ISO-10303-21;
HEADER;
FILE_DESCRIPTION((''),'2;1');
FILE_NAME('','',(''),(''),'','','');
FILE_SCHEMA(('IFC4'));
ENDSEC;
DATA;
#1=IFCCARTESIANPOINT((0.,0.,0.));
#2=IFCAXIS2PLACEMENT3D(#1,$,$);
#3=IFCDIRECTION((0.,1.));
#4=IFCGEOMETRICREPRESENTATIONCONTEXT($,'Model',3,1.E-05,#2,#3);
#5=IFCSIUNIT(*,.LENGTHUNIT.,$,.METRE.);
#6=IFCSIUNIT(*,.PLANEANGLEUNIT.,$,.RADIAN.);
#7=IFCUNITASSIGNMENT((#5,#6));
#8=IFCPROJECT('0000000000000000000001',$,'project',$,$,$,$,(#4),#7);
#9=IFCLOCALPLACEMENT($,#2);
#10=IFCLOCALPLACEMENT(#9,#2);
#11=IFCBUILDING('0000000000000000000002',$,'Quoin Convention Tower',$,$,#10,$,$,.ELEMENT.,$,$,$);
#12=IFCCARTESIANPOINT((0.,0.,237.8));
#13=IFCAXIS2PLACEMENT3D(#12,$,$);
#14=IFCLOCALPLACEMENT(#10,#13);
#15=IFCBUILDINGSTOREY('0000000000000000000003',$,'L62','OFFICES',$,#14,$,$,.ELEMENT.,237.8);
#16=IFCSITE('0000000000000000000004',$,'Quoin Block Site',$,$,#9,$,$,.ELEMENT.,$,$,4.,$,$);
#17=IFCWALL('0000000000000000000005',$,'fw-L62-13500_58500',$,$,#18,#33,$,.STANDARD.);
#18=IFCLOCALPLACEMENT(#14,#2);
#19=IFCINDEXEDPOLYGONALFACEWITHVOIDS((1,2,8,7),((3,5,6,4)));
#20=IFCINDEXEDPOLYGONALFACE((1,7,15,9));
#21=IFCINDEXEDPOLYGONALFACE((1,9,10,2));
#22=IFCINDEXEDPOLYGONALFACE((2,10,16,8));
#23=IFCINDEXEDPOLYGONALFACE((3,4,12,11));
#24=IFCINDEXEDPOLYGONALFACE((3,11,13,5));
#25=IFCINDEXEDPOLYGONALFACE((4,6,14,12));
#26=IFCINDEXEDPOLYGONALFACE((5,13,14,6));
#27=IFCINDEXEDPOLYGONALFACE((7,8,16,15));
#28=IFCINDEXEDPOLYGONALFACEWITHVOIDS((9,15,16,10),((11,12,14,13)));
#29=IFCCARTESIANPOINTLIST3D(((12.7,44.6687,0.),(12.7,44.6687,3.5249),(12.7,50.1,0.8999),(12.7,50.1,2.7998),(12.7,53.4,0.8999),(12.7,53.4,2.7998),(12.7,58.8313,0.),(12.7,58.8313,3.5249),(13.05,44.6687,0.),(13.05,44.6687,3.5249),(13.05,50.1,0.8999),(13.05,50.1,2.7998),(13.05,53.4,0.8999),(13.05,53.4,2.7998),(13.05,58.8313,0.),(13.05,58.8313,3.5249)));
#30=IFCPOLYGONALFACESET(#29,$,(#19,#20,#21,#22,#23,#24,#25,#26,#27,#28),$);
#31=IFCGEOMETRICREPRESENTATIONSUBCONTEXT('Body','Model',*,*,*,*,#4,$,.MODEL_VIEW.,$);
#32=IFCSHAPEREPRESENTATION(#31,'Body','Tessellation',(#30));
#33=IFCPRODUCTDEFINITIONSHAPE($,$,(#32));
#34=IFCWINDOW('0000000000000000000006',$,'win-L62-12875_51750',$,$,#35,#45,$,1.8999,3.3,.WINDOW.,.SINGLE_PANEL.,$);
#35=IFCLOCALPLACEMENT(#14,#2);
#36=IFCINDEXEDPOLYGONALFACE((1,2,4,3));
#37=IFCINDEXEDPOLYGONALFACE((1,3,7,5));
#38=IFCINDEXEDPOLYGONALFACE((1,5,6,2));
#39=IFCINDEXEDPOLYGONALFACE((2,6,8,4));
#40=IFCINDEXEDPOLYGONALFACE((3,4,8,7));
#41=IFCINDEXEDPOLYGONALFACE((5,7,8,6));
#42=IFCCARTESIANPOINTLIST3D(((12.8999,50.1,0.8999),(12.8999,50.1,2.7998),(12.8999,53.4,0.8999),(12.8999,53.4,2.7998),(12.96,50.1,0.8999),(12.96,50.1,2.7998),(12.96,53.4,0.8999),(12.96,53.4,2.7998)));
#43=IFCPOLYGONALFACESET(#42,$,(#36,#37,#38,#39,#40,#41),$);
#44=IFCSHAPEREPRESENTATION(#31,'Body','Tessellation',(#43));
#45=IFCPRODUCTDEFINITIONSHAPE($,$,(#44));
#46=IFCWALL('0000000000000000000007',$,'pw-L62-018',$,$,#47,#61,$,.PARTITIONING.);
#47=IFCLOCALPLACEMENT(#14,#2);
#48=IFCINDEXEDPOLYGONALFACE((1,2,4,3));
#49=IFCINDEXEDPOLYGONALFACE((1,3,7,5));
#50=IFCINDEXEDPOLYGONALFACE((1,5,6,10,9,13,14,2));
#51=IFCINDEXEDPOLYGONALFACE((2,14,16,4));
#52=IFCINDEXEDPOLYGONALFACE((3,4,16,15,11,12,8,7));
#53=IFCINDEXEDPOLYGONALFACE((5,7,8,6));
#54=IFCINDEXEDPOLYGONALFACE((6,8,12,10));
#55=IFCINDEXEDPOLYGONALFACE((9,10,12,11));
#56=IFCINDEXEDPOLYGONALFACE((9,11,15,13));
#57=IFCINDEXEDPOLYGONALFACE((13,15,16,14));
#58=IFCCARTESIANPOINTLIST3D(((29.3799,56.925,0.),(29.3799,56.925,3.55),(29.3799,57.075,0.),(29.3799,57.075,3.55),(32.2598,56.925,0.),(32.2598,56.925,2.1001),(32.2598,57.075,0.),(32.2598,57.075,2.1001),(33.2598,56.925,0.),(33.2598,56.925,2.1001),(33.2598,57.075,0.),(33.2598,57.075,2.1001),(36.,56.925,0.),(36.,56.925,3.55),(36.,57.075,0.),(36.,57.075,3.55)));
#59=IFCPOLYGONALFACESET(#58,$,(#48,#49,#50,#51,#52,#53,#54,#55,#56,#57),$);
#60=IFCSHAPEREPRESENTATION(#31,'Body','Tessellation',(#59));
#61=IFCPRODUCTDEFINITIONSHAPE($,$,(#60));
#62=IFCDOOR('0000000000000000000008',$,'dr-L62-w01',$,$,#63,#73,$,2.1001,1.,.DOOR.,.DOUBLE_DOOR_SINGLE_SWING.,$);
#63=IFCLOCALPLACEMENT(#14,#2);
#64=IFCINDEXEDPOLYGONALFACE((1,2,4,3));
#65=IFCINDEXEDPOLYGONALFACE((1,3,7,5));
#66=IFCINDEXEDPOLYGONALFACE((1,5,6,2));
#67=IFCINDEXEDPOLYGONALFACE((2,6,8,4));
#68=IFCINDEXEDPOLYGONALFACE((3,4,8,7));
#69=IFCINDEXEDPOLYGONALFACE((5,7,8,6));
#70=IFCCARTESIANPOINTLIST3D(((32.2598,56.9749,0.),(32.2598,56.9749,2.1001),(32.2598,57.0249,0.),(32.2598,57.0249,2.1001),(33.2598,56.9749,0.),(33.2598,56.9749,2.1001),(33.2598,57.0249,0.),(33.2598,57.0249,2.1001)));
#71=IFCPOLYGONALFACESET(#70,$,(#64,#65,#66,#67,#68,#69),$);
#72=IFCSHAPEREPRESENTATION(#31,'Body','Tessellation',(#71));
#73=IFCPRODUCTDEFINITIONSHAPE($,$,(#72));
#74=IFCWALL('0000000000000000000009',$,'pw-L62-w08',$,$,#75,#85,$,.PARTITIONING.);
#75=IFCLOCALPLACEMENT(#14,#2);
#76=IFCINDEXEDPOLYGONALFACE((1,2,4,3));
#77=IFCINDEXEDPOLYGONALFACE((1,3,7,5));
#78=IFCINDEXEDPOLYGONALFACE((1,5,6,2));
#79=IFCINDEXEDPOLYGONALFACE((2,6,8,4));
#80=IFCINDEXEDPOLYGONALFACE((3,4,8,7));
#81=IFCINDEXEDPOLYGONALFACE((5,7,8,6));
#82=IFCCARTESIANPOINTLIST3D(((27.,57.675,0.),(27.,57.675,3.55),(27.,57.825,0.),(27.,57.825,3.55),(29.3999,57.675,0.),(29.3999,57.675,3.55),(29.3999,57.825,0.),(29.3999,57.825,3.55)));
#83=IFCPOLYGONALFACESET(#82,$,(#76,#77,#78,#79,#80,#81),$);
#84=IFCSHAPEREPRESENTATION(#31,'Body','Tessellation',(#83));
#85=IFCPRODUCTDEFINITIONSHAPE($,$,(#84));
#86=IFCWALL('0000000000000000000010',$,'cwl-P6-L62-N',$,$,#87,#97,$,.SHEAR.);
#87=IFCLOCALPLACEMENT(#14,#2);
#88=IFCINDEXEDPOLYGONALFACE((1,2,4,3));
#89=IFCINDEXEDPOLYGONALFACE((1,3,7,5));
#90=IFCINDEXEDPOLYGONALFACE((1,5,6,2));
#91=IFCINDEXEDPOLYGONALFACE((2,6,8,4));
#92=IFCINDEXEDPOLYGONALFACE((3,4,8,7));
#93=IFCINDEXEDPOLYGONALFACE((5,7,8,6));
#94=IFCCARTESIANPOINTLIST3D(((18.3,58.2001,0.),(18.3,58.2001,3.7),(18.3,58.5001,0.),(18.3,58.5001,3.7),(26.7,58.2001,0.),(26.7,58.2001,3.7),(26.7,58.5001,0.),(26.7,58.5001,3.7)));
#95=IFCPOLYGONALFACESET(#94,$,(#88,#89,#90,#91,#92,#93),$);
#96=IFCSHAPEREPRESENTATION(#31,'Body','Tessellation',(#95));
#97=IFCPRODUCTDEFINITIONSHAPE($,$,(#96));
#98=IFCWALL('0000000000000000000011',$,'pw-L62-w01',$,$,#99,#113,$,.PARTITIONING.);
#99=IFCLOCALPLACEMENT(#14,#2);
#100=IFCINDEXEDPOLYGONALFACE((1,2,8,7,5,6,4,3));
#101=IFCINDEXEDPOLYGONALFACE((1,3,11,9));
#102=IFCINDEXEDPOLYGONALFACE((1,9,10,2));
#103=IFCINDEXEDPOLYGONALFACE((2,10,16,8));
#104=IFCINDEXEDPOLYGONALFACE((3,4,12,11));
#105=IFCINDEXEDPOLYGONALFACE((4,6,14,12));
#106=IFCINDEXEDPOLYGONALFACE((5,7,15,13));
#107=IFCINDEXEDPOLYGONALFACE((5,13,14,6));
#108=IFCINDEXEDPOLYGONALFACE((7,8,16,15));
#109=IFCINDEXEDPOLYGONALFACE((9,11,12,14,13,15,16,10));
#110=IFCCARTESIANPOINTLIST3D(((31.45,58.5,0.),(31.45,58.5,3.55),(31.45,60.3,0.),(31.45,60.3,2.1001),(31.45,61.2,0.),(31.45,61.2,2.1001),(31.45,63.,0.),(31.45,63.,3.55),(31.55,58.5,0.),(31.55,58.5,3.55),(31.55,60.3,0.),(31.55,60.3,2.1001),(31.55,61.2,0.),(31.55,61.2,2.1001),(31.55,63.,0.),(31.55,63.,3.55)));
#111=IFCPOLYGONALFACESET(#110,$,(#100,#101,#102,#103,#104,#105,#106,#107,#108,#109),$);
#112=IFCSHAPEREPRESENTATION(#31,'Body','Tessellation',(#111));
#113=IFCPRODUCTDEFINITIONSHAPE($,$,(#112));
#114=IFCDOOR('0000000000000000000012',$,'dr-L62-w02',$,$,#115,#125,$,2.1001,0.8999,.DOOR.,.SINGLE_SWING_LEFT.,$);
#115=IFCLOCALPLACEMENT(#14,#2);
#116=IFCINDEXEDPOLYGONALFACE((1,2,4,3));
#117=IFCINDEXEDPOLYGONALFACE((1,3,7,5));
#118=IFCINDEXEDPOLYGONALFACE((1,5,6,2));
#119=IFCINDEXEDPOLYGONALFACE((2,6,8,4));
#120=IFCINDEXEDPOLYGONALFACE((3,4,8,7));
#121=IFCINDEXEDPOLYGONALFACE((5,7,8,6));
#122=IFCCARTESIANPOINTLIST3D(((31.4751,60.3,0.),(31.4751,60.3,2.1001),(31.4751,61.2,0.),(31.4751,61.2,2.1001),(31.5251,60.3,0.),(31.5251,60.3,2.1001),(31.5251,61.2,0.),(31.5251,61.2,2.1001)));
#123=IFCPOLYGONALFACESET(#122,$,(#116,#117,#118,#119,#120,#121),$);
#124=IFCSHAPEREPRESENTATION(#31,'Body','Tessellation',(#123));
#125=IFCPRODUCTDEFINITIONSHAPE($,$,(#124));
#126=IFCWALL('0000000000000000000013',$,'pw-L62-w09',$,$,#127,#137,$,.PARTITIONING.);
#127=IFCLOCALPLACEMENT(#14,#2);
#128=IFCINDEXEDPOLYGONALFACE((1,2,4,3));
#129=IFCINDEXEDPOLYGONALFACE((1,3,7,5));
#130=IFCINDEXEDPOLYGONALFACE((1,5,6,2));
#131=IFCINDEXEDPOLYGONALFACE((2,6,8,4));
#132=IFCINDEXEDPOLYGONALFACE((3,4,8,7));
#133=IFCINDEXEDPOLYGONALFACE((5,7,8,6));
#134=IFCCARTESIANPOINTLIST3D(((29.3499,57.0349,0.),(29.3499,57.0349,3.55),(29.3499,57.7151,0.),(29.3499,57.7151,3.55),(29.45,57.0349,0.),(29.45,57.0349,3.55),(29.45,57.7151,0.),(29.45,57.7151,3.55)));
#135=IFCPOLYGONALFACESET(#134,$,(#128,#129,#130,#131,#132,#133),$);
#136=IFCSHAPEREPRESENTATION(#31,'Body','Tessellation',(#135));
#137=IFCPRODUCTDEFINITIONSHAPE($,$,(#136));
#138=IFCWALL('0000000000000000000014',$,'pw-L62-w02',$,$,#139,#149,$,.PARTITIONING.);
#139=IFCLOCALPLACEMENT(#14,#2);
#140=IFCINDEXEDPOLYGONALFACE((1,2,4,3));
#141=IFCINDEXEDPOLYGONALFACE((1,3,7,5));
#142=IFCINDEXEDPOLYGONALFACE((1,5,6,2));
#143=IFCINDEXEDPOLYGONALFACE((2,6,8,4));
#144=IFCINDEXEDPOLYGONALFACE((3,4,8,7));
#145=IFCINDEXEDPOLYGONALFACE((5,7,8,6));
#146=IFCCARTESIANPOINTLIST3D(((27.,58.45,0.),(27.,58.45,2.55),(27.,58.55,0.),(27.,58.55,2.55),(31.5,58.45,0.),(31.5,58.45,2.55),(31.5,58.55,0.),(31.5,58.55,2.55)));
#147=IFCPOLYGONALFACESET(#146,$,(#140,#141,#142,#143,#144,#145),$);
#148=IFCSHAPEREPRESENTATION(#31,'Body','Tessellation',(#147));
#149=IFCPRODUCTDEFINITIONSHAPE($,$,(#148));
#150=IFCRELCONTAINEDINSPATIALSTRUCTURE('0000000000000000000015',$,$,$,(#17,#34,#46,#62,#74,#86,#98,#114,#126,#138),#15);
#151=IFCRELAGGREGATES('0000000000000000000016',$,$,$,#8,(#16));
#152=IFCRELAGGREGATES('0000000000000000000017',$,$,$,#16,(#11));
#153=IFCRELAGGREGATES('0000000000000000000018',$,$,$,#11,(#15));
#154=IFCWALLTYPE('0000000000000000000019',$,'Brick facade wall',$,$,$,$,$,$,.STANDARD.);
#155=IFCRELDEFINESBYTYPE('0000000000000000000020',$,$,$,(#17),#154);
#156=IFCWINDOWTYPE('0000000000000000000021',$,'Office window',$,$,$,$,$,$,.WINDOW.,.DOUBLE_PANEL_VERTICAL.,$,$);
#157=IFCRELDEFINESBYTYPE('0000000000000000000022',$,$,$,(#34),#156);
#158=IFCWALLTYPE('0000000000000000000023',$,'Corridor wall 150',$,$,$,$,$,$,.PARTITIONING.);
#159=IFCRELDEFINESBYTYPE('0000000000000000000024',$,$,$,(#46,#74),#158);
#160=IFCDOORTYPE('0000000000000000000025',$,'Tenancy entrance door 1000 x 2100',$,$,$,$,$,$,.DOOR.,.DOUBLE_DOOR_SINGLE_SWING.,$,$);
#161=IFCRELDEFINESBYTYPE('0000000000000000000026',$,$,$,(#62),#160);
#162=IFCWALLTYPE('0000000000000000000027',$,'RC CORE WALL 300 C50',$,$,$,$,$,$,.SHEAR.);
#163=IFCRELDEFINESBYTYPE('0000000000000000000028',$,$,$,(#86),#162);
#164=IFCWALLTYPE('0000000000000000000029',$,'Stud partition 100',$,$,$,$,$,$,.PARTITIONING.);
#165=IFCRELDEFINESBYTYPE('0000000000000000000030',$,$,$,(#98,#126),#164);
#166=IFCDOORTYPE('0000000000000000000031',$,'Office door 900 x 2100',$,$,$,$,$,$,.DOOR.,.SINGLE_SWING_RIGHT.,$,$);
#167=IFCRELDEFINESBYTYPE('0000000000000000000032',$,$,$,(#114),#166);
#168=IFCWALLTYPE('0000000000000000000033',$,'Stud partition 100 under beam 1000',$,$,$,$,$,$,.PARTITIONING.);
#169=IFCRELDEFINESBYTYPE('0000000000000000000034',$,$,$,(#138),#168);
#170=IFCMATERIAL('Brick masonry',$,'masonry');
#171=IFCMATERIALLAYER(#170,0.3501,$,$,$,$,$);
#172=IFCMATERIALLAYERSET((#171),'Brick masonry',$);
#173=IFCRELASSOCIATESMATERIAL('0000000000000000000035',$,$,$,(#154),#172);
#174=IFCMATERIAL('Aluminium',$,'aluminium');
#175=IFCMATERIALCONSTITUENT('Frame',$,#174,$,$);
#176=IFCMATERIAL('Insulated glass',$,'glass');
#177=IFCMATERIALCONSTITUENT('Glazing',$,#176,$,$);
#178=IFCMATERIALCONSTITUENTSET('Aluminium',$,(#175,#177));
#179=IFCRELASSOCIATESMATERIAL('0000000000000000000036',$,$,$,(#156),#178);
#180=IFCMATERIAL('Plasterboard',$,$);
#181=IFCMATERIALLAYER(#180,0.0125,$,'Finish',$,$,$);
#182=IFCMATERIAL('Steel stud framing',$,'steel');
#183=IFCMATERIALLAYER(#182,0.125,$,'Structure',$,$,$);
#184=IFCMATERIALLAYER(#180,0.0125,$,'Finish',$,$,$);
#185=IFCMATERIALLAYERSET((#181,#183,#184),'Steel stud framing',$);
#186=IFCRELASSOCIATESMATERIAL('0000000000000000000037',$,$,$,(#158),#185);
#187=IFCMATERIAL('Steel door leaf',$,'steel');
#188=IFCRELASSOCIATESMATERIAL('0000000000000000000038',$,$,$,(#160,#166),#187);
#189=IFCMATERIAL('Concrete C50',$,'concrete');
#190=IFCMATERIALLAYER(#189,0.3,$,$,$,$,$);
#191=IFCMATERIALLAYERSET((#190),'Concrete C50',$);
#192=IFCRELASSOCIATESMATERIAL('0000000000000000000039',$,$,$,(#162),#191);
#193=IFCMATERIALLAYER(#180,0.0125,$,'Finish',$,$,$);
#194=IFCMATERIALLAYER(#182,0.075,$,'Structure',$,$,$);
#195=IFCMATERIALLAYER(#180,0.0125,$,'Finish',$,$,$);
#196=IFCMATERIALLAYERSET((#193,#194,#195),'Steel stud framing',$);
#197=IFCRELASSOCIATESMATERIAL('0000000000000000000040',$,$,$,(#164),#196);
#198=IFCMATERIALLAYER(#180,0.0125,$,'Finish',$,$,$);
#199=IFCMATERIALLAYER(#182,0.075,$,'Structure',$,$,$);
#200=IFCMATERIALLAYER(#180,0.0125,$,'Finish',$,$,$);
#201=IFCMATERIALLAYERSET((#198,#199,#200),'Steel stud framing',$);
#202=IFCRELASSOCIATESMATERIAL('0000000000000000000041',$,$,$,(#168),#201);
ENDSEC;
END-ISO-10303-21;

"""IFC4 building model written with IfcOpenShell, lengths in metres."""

from ifc_helpers import new_model, si_unit, direction, frame, frame_2d, origin, place, context, subcontext, project, spatial, rectangle, extrude, material, layer, layer_set, constituent, constituent_set, type_object, element, fill, save


model = new_model("IFC4")

# Units and contexts
model_context = context("Model", 3, precision=1e-05, world=origin(), true_north=direction((0.0, 1.0)))
body_context = subcontext(model_context, "Body", "Model", "MODEL_VIEW")
ifc_project = project(units=[si_unit("LENGTHUNIT", "METRE"), si_unit("PLANEANGLEUNIT", "RADIAN")], contexts=[model_context])

# Site, building, storey
site_placement = place(None, origin())
site = spatial("IfcSite", under=ifc_project, at=site_placement, Name="Quoin Block Site", CompositionType="ELEMENT", RefElevation=4.0)
building_placement = place(site_placement, origin())
building = spatial("IfcBuilding", under=site, at=building_placement, Name="Quoin Convention Tower", CompositionType="ELEMENT")
storey_placement = place(building_placement, frame((0.0, 0.0, 237.8)))
storey = spatial("IfcBuildingStorey", under=building, at=storey_placement, Name="L62", Description="OFFICES", CompositionType="ELEMENT", Elevation=237.8)

# Shared definitions
ifc_material_1 = material(Name="Concrete C50", Category="concrete")

# Wall, opening, window
ifc_material_2 = material(Name="Brick masonry", Category="masonry")
ifc_layer_1 = layer(ifc_material_2, 0.3501)
ifc_layer_set_1 = layer_set([ifc_layer_1], Name="Brick masonry")
wall_type_1 = type_object("IfcWallType", Name="Brick facade wall", PredefinedType="STANDARD", material=ifc_layer_set_1)
ifc_material_3 = material(Name="Aluminium", Category="aluminium")
ifc_constituent_1 = constituent(ifc_material_3, Name="Frame")
ifc_material_4 = material(Name="Insulated glass", Category="glass")
ifc_constituent_2 = constituent(ifc_material_4, Name="Glazing")
ifc_constituent_set = constituent_set(constituents=[ifc_constituent_1, ifc_constituent_2], Name="Aluminium")
window_type = type_object("IfcWindowType", Name="Office window", PartitioningType="DOUBLE_PANEL_VERTICAL", PredefinedType="WINDOW", material=ifc_constituent_set)
wall_1_placement = place(storey_placement, frame((12.875, 58.8313, 0.0), z_axis=(0.0, 0.0, 1.0), x_axis=(0.0, -1.0, 0.0)))
wall_1 = element("IfcWall", 1, at=wall_1_placement, inside=storey, type_object=wall_type_1, Name="fw-L62-13500_58500", PredefinedType="STANDARD", context=body_context, shape_type="SweptSolid", body=[
    extrude(rectangle(XDim=14.1626, YDim=0.3501, at=frame_2d((7.0813, 0.0))), origin(), (0.0, 0.0, 1.0), 3.5249),
])
opening_1_placement = place(wall_1_placement, frame((5.4314, 0.0, 0.8999)))
opening_1 = element("IfcOpeningElement", 2, at=opening_1_placement, cuts=wall_1, PredefinedType="OPENING", context=body_context, shape_type="SweptSolid", body=[
    extrude(rectangle(XDim=3.3, YDim=1.8999, at=frame_2d((1.6499, 0.95))), frame((0.0, 0.1851, 0.0), z_axis=(0.0, -1.0, 0.0), x_axis=(1.0, 0.0, 0.0)), (0.0, 0.0, 1.0), 0.3701),
])
window_1_placement = place(opening_1_placement, origin())
window_1 = element("IfcWindow", 3, at=window_1_placement, inside=storey, type_object=window_type, Name="win-L62-12875_51750", OverallHeight=1.8999, OverallWidth=3.3, PartitioningType="SINGLE_PANEL", PredefinedType="WINDOW", context=body_context, shape_type="SweptSolid", body=[
    extrude(rectangle(XDim=3.3, YDim=1.8999, at=frame_2d((1.6499, 0.95))), frame((0.0, 0.085, 0.0), z_axis=(0.0, -1.0, 0.0), x_axis=(1.0, 0.0, 0.0)), (0.0, 0.0, 1.0), 0.0601),
])
fill(opening_1, window_1)

# Wall, opening, door
ifc_material_5 = material(Name="Plasterboard")
ifc_layer_2 = layer(ifc_material_5, 0.0125, Name="Finish")
ifc_material_6 = material(Name="Steel stud framing", Category="steel")
ifc_layer_3 = layer(ifc_material_6, 0.125, Name="Structure")
ifc_layer_4 = layer(ifc_material_5, 0.0125, Name="Finish")
ifc_layer_set_2 = layer_set([ifc_layer_2, ifc_layer_3, ifc_layer_4], Name="Steel stud framing")
wall_type_2 = type_object("IfcWallType", Name="Corridor wall 150", PredefinedType="PARTITIONING", material=ifc_layer_set_2)
wall_2_placement = place(storey_placement, frame((29.3799, 57.0, 0.0), z_axis=(0.0, 0.0, 1.0), x_axis=(1.0, 0.0, 0.0)))
wall_2 = element("IfcWall", 4, at=wall_2_placement, inside=storey, type_object=wall_type_2, Name="pw-L62-018", PredefinedType="PARTITIONING", context=body_context, shape_type="SweptSolid", body=[
    extrude(rectangle(XDim=6.6201, YDim=0.1499, at=frame_2d((3.3101, 0.0))), origin(), (0.0, 0.0, 1.0), 3.55),
])
opening_2_placement = place(wall_2_placement, frame((2.8799, 0.0, 0.0)))
opening_2 = element("IfcOpeningElement", 5, at=opening_2_placement, cuts=wall_2, PredefinedType="OPENING", context=body_context, shape_type="SweptSolid", body=[
    extrude(rectangle(XDim=1.0, YDim=2.1001, at=frame_2d((0.5, 1.05))), frame((0.0, 0.085, 0.0), z_axis=(0.0, -1.0, 0.0), x_axis=(1.0, 0.0, 0.0)), (0.0, 0.0, 1.0), 0.1699),
])
ifc_material_7 = material(Name="Steel door leaf", Category="steel")
door_type_1 = type_object("IfcDoorType", Name="Tenancy entrance door 1000 x 2100", OperationType="DOUBLE_DOOR_SINGLE_SWING", PredefinedType="DOOR", material=ifc_material_7)
door_1_placement = place(opening_2_placement, origin())
door_1 = element("IfcDoor", 6, at=door_1_placement, inside=storey, type_object=door_type_1, Name="dr-L62-w01", OperationType="DOUBLE_DOOR_SINGLE_SWING", OverallHeight=2.1001, OverallWidth=1.0, PredefinedType="DOOR", context=body_context, shape_type="SweptSolid", body=[
    extrude(rectangle(XDim=1.0, YDim=2.1001, at=frame_2d((0.5, 1.05))), frame((0.0, 0.0249, 0.0), z_axis=(0.0, -1.0, 0.0), x_axis=(1.0, 0.0, 0.0)), (0.0, 0.0, 1.0), 0.05),
])
fill(opening_2, door_1)

# Walls
wall_3_placement = place(storey_placement, frame((27.0, 57.75, 0.0), z_axis=(0.0, 0.0, 1.0), x_axis=(1.0, 0.0, 0.0)))
element("IfcWall", 7, at=wall_3_placement, inside=storey, type_object=wall_type_2, Name="pw-L62-w08", PredefinedType="PARTITIONING", context=body_context, shape_type="SweptSolid", body=[
    extrude(rectangle(XDim=2.3999, YDim=0.1499, at=frame_2d((1.2, 0.0))), origin(), (0.0, 0.0, 1.0), 3.55),
])
ifc_layer_5 = layer(ifc_material_1, 0.3)
ifc_layer_set_3 = layer_set([ifc_layer_5], Name="Concrete C50")
wall_type_3 = type_object("IfcWallType", Name="RC CORE WALL 300 C50", PredefinedType="SHEAR", material=ifc_layer_set_3)
wall_4_placement = place(storey_placement, frame((18.3, 58.3501, 0.0), z_axis=(0.0, 0.0, 1.0), x_axis=(1.0, 0.0, 0.0)))
element("IfcWall", 8, at=wall_4_placement, inside=storey, type_object=wall_type_3, Name="cwl-P6-L62-N", PredefinedType="SHEAR", context=body_context, shape_type="SweptSolid", body=[
    extrude(rectangle(XDim=8.3999, YDim=0.3, at=frame_2d((4.2, 0.0))), origin(), (0.0, 0.0, 1.0), 3.7),
])

# Wall, opening, door
ifc_layer_6 = layer(ifc_material_5, 0.0125, Name="Finish")
ifc_layer_7 = layer(ifc_material_6, 0.075, Name="Structure")
ifc_layer_8 = layer(ifc_material_5, 0.0125, Name="Finish")
ifc_layer_set_4 = layer_set([ifc_layer_6, ifc_layer_7, ifc_layer_8], Name="Steel stud framing")
wall_type_4 = type_object("IfcWallType", Name="Stud partition 100", PredefinedType="PARTITIONING", material=ifc_layer_set_4)
wall_5_placement = place(storey_placement, frame((31.5, 63.0, 0.0), z_axis=(0.0, 0.0, 1.0), x_axis=(0.0, -1.0, 0.0)))
wall_5 = element("IfcWall", 9, at=wall_5_placement, inside=storey, type_object=wall_type_4, Name="pw-L62-w01", PredefinedType="PARTITIONING", context=body_context, shape_type="SweptSolid", body=[
    extrude(rectangle(XDim=4.5, YDim=0.1001, at=frame_2d((2.25, 0.0))), origin(), (0.0, 0.0, 1.0), 3.55),
])
opening_3_placement = place(wall_5_placement, frame((1.8, 0.0, 0.0)))
opening_3 = element("IfcOpeningElement", 10, at=opening_3_placement, cuts=wall_5, PredefinedType="OPENING", context=body_context, shape_type="SweptSolid", body=[
    extrude(rectangle(XDim=0.8999, YDim=2.1001, at=frame_2d((0.45, 1.05))), frame((0.0, 0.0601, 0.0), z_axis=(0.0, -1.0, 0.0), x_axis=(1.0, 0.0, 0.0)), (0.0, 0.0, 1.0), 0.1201),
])
door_type_2 = type_object("IfcDoorType", Name="Office door 900 x 2100", OperationType="SINGLE_SWING_RIGHT", PredefinedType="DOOR", material=ifc_material_7)
door_2_placement = place(opening_3_placement, frame((0.8999, 0.0, 0.0), z_axis=(0.0, 0.0, 1.0), x_axis=(-1.0, 0.0, 0.0)))
door_2 = element("IfcDoor", 11, at=door_2_placement, inside=storey, type_object=door_type_2, Name="dr-L62-w02", OperationType="SINGLE_SWING_LEFT", OverallHeight=2.1001, OverallWidth=0.8999, PredefinedType="DOOR", context=body_context, shape_type="SweptSolid", body=[
    extrude(rectangle(XDim=0.8999, YDim=2.1001, at=frame_2d((0.45, 1.05))), frame((0.0, 0.0249, 0.0), z_axis=(0.0, -1.0, 0.0), x_axis=(1.0, 0.0, 0.0)), (0.0, 0.0, 1.0), 0.05),
])
fill(opening_3, door_2)

# Walls
wall_6_placement = place(storey_placement, frame((29.3999, 57.7151, 0.0), z_axis=(0.0, 0.0, 1.0), x_axis=(0.0, -1.0, 0.0)))
element("IfcWall", 12, at=wall_6_placement, inside=storey, type_object=wall_type_4, Name="pw-L62-w09", PredefinedType="PARTITIONING", context=body_context, shape_type="SweptSolid", body=[
    extrude(rectangle(XDim=0.6802, YDim=0.1001, at=frame_2d((0.3401, 0.0))), origin(), (0.0, 0.0, 1.0), 3.55),
])
ifc_layer_9 = layer(ifc_material_5, 0.0125, Name="Finish")
ifc_layer_10 = layer(ifc_material_6, 0.075, Name="Structure")
ifc_layer_11 = layer(ifc_material_5, 0.0125, Name="Finish")
ifc_layer_set_5 = layer_set([ifc_layer_9, ifc_layer_10, ifc_layer_11], Name="Steel stud framing")
wall_type_5 = type_object("IfcWallType", Name="Stud partition 100 under beam 1000", PredefinedType="PARTITIONING", material=ifc_layer_set_5)
wall_7_placement = place(storey_placement, frame((31.5, 58.5, 0.0), z_axis=(0.0, 0.0, 1.0), x_axis=(-1.0, 0.0, 0.0)))
element("IfcWall", 13, at=wall_7_placement, inside=storey, type_object=wall_type_5, Name="pw-L62-w02", PredefinedType="PARTITIONING", context=body_context, shape_type="SweptSolid", body=[
    extrude(rectangle(XDim=4.5, YDim=0.1001, at=frame_2d((2.25, 0.0))), origin(), (0.0, 0.0, 1.0), 2.55),
])

save(model, "model.ifc")
